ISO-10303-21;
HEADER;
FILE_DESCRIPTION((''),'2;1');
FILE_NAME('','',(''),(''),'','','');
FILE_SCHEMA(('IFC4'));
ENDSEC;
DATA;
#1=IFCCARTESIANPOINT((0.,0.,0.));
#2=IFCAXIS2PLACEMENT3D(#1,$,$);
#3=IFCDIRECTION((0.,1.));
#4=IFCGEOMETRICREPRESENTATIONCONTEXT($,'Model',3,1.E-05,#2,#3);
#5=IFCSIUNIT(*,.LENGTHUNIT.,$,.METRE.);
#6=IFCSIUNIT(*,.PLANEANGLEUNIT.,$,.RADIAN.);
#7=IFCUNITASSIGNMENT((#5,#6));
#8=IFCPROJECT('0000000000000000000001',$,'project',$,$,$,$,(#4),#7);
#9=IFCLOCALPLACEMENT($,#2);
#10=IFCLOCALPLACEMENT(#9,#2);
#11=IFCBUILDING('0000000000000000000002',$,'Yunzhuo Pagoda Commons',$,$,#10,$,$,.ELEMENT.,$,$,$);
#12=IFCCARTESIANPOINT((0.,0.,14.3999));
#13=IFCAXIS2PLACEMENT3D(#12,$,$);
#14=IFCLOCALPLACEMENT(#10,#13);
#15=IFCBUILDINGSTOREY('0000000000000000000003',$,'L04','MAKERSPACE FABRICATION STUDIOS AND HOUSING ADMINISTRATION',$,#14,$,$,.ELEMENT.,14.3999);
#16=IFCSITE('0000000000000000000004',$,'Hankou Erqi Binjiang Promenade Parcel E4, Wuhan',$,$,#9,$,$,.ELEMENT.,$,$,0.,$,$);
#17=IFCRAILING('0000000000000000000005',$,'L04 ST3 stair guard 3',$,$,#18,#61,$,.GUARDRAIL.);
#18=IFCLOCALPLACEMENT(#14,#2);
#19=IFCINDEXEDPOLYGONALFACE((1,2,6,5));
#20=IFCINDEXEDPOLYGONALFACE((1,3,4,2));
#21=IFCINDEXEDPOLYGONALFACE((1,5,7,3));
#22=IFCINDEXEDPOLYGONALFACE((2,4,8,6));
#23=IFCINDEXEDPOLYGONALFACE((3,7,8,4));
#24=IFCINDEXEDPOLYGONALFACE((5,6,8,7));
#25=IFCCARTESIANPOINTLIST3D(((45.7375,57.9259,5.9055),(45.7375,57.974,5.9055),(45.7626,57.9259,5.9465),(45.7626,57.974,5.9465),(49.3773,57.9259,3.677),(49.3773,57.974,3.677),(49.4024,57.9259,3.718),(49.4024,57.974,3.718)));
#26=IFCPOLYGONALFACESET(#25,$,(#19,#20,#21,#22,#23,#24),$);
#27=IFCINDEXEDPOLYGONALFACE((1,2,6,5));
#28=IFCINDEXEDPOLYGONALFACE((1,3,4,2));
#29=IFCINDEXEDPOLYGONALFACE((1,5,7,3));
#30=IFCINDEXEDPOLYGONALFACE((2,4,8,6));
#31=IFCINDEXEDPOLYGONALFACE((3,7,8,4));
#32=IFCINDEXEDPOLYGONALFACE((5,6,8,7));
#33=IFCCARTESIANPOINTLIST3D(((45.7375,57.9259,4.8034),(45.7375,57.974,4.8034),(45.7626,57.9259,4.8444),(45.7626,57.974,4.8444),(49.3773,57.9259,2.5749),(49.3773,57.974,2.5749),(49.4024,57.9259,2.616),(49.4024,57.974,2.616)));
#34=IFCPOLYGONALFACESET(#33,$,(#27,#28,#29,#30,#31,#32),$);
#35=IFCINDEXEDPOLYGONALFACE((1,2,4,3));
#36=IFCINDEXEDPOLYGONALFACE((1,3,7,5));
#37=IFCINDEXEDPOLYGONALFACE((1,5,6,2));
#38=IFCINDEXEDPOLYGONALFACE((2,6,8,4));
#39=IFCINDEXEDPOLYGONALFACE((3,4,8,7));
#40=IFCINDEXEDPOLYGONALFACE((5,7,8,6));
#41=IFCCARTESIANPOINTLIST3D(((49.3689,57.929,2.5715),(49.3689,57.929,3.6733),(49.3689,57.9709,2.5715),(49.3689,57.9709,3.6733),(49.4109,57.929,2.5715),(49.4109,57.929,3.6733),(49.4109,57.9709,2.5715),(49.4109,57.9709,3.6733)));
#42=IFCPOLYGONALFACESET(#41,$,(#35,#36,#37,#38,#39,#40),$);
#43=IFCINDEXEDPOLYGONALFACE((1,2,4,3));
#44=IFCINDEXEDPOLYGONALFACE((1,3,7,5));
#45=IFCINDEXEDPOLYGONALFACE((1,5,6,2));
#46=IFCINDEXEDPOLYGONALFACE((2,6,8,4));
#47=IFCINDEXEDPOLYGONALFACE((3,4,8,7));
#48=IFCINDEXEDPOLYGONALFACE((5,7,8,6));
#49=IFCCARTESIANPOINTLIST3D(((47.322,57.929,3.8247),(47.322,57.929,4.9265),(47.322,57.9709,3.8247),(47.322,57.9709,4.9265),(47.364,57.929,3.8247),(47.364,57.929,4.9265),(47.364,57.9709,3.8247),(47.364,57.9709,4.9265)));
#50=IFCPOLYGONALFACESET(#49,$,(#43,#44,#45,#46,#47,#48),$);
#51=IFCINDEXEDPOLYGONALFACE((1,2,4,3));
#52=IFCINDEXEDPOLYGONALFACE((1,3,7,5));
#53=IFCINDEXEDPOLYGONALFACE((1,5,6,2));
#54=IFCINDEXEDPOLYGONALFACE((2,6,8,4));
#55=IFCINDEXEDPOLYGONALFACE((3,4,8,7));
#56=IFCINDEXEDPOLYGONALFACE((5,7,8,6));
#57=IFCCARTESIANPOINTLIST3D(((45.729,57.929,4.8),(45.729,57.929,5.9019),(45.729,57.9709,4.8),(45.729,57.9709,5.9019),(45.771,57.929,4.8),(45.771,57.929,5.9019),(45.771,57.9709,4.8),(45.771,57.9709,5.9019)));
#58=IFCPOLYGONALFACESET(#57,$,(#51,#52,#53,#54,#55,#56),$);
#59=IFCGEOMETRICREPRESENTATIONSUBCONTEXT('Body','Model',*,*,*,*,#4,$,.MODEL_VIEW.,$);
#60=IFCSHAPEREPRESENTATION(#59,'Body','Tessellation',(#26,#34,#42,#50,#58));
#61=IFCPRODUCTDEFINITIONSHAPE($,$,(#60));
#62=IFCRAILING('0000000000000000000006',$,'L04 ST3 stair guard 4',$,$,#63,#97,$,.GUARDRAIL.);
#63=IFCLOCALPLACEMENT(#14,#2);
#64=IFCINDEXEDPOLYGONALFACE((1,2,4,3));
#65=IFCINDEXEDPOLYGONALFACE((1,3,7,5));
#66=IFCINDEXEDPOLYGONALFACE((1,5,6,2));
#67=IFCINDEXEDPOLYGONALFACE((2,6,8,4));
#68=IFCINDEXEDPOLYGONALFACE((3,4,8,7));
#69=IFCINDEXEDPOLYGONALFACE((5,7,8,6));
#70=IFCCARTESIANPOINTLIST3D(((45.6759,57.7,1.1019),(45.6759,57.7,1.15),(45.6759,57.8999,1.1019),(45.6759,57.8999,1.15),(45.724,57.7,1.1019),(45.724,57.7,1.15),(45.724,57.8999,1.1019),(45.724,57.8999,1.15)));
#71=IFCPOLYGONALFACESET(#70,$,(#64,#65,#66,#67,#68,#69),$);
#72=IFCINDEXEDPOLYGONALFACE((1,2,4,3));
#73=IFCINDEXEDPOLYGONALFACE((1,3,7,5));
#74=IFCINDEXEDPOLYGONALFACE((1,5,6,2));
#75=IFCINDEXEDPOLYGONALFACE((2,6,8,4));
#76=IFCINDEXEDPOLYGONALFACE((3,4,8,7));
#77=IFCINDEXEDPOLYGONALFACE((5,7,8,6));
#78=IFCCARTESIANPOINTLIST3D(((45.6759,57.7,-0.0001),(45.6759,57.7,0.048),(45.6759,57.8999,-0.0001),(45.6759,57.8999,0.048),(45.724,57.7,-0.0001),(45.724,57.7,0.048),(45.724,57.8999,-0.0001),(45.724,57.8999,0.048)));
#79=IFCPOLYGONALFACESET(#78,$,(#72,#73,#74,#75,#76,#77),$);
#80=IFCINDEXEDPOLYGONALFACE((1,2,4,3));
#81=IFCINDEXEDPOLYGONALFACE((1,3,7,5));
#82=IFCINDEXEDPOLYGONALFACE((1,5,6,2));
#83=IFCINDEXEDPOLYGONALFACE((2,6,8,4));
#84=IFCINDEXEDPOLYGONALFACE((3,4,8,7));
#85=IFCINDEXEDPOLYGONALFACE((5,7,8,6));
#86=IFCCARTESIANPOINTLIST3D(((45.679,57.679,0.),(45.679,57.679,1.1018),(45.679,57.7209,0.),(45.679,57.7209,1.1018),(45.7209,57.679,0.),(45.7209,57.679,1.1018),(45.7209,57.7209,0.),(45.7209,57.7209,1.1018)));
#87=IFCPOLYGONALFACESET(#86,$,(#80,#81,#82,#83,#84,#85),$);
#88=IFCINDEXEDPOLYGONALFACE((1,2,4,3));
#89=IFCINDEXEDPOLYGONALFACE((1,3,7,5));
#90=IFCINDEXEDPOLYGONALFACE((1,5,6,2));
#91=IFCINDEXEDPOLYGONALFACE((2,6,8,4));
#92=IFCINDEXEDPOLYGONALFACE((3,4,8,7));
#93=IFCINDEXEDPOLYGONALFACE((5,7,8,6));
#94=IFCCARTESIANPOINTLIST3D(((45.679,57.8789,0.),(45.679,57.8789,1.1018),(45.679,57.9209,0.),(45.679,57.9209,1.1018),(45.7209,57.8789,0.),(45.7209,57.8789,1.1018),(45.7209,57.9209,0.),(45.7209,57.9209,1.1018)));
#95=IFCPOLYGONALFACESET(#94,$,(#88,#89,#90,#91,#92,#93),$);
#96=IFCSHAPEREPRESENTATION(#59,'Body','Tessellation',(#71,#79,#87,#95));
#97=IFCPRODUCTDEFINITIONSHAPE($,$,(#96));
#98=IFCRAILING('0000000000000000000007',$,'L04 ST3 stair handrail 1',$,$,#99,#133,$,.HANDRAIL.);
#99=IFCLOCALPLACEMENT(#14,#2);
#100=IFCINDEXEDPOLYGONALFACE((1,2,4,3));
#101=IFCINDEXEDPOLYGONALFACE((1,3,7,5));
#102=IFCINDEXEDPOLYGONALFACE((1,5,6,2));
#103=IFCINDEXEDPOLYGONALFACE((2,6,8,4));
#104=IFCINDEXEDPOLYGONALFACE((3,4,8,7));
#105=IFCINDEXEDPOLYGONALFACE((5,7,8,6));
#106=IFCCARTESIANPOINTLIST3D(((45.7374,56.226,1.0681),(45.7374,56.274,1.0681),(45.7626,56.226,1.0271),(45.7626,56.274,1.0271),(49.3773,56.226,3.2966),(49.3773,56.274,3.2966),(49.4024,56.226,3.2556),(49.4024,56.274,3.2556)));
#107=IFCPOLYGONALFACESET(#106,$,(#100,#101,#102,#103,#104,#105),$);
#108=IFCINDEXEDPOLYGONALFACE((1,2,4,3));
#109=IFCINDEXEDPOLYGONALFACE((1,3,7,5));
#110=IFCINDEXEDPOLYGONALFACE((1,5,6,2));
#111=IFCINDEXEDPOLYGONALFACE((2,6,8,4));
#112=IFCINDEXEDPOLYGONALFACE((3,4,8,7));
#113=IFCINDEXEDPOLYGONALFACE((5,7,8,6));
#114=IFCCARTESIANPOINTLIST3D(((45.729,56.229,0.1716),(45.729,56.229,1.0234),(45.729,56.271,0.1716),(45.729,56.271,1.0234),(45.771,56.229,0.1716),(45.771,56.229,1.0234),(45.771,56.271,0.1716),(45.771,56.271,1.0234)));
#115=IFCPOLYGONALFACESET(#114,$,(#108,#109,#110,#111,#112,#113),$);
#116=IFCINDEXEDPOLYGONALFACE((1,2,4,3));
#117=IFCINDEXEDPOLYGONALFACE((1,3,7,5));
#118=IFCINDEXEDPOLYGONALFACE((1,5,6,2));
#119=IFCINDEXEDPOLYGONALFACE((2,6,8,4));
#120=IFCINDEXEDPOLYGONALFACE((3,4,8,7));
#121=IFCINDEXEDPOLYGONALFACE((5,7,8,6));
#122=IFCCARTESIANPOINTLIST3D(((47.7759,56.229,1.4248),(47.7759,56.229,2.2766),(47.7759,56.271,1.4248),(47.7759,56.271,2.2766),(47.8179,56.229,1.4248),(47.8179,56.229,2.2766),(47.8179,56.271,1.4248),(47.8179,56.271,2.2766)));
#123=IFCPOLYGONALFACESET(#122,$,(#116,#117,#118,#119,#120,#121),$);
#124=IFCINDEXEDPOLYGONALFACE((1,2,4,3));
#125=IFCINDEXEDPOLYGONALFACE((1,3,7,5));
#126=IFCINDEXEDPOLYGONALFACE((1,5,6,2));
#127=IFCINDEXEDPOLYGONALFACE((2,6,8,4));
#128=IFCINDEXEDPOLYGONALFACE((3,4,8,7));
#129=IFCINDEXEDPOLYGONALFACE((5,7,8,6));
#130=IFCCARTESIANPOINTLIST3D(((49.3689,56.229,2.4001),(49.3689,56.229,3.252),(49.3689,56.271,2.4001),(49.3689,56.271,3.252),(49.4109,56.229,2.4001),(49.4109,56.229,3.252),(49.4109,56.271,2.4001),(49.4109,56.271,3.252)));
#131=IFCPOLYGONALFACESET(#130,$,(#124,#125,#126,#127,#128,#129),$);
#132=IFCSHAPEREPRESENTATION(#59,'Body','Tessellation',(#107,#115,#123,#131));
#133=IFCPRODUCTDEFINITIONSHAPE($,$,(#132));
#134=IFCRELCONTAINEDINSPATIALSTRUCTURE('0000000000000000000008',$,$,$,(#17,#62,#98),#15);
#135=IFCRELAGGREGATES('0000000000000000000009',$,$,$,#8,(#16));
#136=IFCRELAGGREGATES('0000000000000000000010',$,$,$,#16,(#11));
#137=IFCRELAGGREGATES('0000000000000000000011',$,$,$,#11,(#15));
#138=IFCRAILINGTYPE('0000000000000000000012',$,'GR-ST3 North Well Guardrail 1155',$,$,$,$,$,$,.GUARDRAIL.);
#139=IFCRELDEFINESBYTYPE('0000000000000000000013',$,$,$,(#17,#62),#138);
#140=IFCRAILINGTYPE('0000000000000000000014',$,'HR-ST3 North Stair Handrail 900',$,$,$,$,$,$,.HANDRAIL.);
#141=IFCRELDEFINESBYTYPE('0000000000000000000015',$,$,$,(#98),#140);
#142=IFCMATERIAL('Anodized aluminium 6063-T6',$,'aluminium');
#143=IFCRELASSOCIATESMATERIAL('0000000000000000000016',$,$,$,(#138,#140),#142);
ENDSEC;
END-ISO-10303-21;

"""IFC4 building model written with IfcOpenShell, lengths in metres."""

from ifc_helpers import new_model, si_unit, direction, frame, origin, origin_2d, place, context, subcontext, project, spatial, rectangle, extrude, material, type_object, element, save


model = new_model("IFC4")

# Units and contexts
model_context = context("Model", 3, precision=1e-05, world=origin(), true_north=direction((0.0, 1.0)))
body_context = subcontext(model_context, "Body", "Model", "MODEL_VIEW")
ifc_project = project(units=[si_unit("LENGTHUNIT", "METRE"), si_unit("PLANEANGLEUNIT", "RADIAN")], contexts=[model_context])

# Site, building, storey
site_placement = place(None, origin())
site = spatial("IfcSite", under=ifc_project, at=site_placement, Name="Hankou Erqi Binjiang Promenade Parcel E4, Wuhan", CompositionType="ELEMENT", RefElevation=0.0)
building_placement = place(site_placement, origin())
building = spatial("IfcBuilding", under=site, at=building_placement, Name="Yunzhuo Pagoda Commons", CompositionType="ELEMENT")
storey_placement = place(building_placement, frame((0.0, 0.0, 14.3999)))
storey = spatial("IfcBuildingStorey", under=building, at=storey_placement, Name="L04", Description="MAKERSPACE FABRICATION STUDIOS AND HOUSING ADMINISTRATION", CompositionType="ELEMENT", Elevation=14.3999)

# Railings
ifc_material_1 = material(Name="Anodized aluminium 6063-T6", Category="aluminium")
railing_type_1 = type_object("IfcRailingType", Name="GR-ST3 North Well Guardrail 1155", PredefinedType="GUARDRAIL", material=ifc_material_1)
railing_1_placement = place(storey_placement, frame((49.3899, 57.95, 2.5715)))
element("IfcRailing", 1, at=railing_1_placement, inside=storey, type_object=railing_type_1, Name="L04 ST3 stair guard 3", PredefinedType="GUARDRAIL", context=body_context, shape_type="SweptSolid", body=[
    extrude(rectangle(XDim=0.0481, YDim=0.0481, at=origin_2d()), frame((0.0, 0.0, 1.126), z_axis=(-0.85285, 0.0, 0.522156), x_axis=(0.0, -1.0, 0.0)), (0.0, 0.0, 1.0), 4.2678),
    extrude(rectangle(XDim=0.0481, YDim=0.0481, at=origin_2d()), frame((0.0, 0.0, 0.0239), z_axis=(-0.85285, 0.0, 0.522156), x_axis=(0.0, -1.0, 0.0)), (0.0, 0.0, 1.0), 4.2678),
    extrude(rectangle(XDim=0.042, YDim=0.042, at=origin_2d()), origin(), (0.0, 0.0, 1.0), 1.1018),
    extrude(rectangle(XDim=0.042, YDim=0.042, at=origin_2d()), frame((-2.0469, 0.0, 1.2532)), (0.0, 0.0, 1.0), 1.1018),
    extrude(rectangle(XDim=0.042, YDim=0.042, at=origin_2d()), frame((-3.6399, 0.0, 2.2285)), (0.0, 0.0, 1.0), 1.1018),
])
railing_2_placement = place(storey_placement, frame((45.7, 57.7, 0.0)))
element("IfcRailing", 2, at=railing_2_placement, inside=storey, type_object=railing_type_1, Name="L04 ST3 stair guard 4", PredefinedType="GUARDRAIL", context=body_context, shape_type="SweptSolid", body=[
    extrude(rectangle(XDim=0.0481, YDim=0.0481, at=origin_2d()), frame((0.0, 0.0, 1.126), z_axis=(0.0, 1.0, 0.0), x_axis=(-1.0, 0.0, 0.0)), (0.0, 0.0, 1.0), 0.2),
    extrude(rectangle(XDim=0.0481, YDim=0.0481, at=origin_2d()), frame((0.0, 0.0, 0.0239), z_axis=(0.0, 1.0, 0.0), x_axis=(-1.0, 0.0, 0.0)), (0.0, 0.0, 1.0), 0.2),
    extrude(rectangle(XDim=0.042, YDim=0.042, at=origin_2d()), origin(), (0.0, 0.0, 1.0), 1.1018),
    extrude(rectangle(XDim=0.042, YDim=0.042, at=origin_2d()), frame((0.0, 0.2, 0.0)), (0.0, 0.0, 1.0), 1.1018),
])
railing_type_2 = type_object("IfcRailingType", Name="HR-ST3 North Stair Handrail 900", PredefinedType="HANDRAIL", material=ifc_material_1)
railing_3_placement = place(storey_placement, frame((45.75, 56.25, 0.1716)))
element("IfcRailing", 3, at=railing_3_placement, inside=storey, type_object=railing_type_2, Name="L04 ST3 stair handrail 1", PredefinedType="HANDRAIL", context=body_context, shape_type="SweptSolid", body=[
    extrude(rectangle(XDim=0.0481, YDim=0.0481, at=origin_2d()), frame((0.0, 0.0, 0.876), z_axis=(0.85285, 0.0, 0.522156), x_axis=(0.0, 1.0, 0.0)), (0.0, 0.0, 1.0), 4.2678),
    extrude(rectangle(XDim=0.042, YDim=0.042, at=origin_2d()), origin(), (0.0, 0.0, 1.0), 0.8518),
    extrude(rectangle(XDim=0.042, YDim=0.042, at=origin_2d()), frame((2.0469, 0.0, 1.2532)), (0.0, 0.0, 1.0), 0.8518),
    extrude(rectangle(XDim=0.042, YDim=0.042, at=origin_2d()), frame((3.6399, 0.0, 2.2285)), (0.0, 0.0, 1.0), 0.8518),
])

save(model, "model.ifc")
